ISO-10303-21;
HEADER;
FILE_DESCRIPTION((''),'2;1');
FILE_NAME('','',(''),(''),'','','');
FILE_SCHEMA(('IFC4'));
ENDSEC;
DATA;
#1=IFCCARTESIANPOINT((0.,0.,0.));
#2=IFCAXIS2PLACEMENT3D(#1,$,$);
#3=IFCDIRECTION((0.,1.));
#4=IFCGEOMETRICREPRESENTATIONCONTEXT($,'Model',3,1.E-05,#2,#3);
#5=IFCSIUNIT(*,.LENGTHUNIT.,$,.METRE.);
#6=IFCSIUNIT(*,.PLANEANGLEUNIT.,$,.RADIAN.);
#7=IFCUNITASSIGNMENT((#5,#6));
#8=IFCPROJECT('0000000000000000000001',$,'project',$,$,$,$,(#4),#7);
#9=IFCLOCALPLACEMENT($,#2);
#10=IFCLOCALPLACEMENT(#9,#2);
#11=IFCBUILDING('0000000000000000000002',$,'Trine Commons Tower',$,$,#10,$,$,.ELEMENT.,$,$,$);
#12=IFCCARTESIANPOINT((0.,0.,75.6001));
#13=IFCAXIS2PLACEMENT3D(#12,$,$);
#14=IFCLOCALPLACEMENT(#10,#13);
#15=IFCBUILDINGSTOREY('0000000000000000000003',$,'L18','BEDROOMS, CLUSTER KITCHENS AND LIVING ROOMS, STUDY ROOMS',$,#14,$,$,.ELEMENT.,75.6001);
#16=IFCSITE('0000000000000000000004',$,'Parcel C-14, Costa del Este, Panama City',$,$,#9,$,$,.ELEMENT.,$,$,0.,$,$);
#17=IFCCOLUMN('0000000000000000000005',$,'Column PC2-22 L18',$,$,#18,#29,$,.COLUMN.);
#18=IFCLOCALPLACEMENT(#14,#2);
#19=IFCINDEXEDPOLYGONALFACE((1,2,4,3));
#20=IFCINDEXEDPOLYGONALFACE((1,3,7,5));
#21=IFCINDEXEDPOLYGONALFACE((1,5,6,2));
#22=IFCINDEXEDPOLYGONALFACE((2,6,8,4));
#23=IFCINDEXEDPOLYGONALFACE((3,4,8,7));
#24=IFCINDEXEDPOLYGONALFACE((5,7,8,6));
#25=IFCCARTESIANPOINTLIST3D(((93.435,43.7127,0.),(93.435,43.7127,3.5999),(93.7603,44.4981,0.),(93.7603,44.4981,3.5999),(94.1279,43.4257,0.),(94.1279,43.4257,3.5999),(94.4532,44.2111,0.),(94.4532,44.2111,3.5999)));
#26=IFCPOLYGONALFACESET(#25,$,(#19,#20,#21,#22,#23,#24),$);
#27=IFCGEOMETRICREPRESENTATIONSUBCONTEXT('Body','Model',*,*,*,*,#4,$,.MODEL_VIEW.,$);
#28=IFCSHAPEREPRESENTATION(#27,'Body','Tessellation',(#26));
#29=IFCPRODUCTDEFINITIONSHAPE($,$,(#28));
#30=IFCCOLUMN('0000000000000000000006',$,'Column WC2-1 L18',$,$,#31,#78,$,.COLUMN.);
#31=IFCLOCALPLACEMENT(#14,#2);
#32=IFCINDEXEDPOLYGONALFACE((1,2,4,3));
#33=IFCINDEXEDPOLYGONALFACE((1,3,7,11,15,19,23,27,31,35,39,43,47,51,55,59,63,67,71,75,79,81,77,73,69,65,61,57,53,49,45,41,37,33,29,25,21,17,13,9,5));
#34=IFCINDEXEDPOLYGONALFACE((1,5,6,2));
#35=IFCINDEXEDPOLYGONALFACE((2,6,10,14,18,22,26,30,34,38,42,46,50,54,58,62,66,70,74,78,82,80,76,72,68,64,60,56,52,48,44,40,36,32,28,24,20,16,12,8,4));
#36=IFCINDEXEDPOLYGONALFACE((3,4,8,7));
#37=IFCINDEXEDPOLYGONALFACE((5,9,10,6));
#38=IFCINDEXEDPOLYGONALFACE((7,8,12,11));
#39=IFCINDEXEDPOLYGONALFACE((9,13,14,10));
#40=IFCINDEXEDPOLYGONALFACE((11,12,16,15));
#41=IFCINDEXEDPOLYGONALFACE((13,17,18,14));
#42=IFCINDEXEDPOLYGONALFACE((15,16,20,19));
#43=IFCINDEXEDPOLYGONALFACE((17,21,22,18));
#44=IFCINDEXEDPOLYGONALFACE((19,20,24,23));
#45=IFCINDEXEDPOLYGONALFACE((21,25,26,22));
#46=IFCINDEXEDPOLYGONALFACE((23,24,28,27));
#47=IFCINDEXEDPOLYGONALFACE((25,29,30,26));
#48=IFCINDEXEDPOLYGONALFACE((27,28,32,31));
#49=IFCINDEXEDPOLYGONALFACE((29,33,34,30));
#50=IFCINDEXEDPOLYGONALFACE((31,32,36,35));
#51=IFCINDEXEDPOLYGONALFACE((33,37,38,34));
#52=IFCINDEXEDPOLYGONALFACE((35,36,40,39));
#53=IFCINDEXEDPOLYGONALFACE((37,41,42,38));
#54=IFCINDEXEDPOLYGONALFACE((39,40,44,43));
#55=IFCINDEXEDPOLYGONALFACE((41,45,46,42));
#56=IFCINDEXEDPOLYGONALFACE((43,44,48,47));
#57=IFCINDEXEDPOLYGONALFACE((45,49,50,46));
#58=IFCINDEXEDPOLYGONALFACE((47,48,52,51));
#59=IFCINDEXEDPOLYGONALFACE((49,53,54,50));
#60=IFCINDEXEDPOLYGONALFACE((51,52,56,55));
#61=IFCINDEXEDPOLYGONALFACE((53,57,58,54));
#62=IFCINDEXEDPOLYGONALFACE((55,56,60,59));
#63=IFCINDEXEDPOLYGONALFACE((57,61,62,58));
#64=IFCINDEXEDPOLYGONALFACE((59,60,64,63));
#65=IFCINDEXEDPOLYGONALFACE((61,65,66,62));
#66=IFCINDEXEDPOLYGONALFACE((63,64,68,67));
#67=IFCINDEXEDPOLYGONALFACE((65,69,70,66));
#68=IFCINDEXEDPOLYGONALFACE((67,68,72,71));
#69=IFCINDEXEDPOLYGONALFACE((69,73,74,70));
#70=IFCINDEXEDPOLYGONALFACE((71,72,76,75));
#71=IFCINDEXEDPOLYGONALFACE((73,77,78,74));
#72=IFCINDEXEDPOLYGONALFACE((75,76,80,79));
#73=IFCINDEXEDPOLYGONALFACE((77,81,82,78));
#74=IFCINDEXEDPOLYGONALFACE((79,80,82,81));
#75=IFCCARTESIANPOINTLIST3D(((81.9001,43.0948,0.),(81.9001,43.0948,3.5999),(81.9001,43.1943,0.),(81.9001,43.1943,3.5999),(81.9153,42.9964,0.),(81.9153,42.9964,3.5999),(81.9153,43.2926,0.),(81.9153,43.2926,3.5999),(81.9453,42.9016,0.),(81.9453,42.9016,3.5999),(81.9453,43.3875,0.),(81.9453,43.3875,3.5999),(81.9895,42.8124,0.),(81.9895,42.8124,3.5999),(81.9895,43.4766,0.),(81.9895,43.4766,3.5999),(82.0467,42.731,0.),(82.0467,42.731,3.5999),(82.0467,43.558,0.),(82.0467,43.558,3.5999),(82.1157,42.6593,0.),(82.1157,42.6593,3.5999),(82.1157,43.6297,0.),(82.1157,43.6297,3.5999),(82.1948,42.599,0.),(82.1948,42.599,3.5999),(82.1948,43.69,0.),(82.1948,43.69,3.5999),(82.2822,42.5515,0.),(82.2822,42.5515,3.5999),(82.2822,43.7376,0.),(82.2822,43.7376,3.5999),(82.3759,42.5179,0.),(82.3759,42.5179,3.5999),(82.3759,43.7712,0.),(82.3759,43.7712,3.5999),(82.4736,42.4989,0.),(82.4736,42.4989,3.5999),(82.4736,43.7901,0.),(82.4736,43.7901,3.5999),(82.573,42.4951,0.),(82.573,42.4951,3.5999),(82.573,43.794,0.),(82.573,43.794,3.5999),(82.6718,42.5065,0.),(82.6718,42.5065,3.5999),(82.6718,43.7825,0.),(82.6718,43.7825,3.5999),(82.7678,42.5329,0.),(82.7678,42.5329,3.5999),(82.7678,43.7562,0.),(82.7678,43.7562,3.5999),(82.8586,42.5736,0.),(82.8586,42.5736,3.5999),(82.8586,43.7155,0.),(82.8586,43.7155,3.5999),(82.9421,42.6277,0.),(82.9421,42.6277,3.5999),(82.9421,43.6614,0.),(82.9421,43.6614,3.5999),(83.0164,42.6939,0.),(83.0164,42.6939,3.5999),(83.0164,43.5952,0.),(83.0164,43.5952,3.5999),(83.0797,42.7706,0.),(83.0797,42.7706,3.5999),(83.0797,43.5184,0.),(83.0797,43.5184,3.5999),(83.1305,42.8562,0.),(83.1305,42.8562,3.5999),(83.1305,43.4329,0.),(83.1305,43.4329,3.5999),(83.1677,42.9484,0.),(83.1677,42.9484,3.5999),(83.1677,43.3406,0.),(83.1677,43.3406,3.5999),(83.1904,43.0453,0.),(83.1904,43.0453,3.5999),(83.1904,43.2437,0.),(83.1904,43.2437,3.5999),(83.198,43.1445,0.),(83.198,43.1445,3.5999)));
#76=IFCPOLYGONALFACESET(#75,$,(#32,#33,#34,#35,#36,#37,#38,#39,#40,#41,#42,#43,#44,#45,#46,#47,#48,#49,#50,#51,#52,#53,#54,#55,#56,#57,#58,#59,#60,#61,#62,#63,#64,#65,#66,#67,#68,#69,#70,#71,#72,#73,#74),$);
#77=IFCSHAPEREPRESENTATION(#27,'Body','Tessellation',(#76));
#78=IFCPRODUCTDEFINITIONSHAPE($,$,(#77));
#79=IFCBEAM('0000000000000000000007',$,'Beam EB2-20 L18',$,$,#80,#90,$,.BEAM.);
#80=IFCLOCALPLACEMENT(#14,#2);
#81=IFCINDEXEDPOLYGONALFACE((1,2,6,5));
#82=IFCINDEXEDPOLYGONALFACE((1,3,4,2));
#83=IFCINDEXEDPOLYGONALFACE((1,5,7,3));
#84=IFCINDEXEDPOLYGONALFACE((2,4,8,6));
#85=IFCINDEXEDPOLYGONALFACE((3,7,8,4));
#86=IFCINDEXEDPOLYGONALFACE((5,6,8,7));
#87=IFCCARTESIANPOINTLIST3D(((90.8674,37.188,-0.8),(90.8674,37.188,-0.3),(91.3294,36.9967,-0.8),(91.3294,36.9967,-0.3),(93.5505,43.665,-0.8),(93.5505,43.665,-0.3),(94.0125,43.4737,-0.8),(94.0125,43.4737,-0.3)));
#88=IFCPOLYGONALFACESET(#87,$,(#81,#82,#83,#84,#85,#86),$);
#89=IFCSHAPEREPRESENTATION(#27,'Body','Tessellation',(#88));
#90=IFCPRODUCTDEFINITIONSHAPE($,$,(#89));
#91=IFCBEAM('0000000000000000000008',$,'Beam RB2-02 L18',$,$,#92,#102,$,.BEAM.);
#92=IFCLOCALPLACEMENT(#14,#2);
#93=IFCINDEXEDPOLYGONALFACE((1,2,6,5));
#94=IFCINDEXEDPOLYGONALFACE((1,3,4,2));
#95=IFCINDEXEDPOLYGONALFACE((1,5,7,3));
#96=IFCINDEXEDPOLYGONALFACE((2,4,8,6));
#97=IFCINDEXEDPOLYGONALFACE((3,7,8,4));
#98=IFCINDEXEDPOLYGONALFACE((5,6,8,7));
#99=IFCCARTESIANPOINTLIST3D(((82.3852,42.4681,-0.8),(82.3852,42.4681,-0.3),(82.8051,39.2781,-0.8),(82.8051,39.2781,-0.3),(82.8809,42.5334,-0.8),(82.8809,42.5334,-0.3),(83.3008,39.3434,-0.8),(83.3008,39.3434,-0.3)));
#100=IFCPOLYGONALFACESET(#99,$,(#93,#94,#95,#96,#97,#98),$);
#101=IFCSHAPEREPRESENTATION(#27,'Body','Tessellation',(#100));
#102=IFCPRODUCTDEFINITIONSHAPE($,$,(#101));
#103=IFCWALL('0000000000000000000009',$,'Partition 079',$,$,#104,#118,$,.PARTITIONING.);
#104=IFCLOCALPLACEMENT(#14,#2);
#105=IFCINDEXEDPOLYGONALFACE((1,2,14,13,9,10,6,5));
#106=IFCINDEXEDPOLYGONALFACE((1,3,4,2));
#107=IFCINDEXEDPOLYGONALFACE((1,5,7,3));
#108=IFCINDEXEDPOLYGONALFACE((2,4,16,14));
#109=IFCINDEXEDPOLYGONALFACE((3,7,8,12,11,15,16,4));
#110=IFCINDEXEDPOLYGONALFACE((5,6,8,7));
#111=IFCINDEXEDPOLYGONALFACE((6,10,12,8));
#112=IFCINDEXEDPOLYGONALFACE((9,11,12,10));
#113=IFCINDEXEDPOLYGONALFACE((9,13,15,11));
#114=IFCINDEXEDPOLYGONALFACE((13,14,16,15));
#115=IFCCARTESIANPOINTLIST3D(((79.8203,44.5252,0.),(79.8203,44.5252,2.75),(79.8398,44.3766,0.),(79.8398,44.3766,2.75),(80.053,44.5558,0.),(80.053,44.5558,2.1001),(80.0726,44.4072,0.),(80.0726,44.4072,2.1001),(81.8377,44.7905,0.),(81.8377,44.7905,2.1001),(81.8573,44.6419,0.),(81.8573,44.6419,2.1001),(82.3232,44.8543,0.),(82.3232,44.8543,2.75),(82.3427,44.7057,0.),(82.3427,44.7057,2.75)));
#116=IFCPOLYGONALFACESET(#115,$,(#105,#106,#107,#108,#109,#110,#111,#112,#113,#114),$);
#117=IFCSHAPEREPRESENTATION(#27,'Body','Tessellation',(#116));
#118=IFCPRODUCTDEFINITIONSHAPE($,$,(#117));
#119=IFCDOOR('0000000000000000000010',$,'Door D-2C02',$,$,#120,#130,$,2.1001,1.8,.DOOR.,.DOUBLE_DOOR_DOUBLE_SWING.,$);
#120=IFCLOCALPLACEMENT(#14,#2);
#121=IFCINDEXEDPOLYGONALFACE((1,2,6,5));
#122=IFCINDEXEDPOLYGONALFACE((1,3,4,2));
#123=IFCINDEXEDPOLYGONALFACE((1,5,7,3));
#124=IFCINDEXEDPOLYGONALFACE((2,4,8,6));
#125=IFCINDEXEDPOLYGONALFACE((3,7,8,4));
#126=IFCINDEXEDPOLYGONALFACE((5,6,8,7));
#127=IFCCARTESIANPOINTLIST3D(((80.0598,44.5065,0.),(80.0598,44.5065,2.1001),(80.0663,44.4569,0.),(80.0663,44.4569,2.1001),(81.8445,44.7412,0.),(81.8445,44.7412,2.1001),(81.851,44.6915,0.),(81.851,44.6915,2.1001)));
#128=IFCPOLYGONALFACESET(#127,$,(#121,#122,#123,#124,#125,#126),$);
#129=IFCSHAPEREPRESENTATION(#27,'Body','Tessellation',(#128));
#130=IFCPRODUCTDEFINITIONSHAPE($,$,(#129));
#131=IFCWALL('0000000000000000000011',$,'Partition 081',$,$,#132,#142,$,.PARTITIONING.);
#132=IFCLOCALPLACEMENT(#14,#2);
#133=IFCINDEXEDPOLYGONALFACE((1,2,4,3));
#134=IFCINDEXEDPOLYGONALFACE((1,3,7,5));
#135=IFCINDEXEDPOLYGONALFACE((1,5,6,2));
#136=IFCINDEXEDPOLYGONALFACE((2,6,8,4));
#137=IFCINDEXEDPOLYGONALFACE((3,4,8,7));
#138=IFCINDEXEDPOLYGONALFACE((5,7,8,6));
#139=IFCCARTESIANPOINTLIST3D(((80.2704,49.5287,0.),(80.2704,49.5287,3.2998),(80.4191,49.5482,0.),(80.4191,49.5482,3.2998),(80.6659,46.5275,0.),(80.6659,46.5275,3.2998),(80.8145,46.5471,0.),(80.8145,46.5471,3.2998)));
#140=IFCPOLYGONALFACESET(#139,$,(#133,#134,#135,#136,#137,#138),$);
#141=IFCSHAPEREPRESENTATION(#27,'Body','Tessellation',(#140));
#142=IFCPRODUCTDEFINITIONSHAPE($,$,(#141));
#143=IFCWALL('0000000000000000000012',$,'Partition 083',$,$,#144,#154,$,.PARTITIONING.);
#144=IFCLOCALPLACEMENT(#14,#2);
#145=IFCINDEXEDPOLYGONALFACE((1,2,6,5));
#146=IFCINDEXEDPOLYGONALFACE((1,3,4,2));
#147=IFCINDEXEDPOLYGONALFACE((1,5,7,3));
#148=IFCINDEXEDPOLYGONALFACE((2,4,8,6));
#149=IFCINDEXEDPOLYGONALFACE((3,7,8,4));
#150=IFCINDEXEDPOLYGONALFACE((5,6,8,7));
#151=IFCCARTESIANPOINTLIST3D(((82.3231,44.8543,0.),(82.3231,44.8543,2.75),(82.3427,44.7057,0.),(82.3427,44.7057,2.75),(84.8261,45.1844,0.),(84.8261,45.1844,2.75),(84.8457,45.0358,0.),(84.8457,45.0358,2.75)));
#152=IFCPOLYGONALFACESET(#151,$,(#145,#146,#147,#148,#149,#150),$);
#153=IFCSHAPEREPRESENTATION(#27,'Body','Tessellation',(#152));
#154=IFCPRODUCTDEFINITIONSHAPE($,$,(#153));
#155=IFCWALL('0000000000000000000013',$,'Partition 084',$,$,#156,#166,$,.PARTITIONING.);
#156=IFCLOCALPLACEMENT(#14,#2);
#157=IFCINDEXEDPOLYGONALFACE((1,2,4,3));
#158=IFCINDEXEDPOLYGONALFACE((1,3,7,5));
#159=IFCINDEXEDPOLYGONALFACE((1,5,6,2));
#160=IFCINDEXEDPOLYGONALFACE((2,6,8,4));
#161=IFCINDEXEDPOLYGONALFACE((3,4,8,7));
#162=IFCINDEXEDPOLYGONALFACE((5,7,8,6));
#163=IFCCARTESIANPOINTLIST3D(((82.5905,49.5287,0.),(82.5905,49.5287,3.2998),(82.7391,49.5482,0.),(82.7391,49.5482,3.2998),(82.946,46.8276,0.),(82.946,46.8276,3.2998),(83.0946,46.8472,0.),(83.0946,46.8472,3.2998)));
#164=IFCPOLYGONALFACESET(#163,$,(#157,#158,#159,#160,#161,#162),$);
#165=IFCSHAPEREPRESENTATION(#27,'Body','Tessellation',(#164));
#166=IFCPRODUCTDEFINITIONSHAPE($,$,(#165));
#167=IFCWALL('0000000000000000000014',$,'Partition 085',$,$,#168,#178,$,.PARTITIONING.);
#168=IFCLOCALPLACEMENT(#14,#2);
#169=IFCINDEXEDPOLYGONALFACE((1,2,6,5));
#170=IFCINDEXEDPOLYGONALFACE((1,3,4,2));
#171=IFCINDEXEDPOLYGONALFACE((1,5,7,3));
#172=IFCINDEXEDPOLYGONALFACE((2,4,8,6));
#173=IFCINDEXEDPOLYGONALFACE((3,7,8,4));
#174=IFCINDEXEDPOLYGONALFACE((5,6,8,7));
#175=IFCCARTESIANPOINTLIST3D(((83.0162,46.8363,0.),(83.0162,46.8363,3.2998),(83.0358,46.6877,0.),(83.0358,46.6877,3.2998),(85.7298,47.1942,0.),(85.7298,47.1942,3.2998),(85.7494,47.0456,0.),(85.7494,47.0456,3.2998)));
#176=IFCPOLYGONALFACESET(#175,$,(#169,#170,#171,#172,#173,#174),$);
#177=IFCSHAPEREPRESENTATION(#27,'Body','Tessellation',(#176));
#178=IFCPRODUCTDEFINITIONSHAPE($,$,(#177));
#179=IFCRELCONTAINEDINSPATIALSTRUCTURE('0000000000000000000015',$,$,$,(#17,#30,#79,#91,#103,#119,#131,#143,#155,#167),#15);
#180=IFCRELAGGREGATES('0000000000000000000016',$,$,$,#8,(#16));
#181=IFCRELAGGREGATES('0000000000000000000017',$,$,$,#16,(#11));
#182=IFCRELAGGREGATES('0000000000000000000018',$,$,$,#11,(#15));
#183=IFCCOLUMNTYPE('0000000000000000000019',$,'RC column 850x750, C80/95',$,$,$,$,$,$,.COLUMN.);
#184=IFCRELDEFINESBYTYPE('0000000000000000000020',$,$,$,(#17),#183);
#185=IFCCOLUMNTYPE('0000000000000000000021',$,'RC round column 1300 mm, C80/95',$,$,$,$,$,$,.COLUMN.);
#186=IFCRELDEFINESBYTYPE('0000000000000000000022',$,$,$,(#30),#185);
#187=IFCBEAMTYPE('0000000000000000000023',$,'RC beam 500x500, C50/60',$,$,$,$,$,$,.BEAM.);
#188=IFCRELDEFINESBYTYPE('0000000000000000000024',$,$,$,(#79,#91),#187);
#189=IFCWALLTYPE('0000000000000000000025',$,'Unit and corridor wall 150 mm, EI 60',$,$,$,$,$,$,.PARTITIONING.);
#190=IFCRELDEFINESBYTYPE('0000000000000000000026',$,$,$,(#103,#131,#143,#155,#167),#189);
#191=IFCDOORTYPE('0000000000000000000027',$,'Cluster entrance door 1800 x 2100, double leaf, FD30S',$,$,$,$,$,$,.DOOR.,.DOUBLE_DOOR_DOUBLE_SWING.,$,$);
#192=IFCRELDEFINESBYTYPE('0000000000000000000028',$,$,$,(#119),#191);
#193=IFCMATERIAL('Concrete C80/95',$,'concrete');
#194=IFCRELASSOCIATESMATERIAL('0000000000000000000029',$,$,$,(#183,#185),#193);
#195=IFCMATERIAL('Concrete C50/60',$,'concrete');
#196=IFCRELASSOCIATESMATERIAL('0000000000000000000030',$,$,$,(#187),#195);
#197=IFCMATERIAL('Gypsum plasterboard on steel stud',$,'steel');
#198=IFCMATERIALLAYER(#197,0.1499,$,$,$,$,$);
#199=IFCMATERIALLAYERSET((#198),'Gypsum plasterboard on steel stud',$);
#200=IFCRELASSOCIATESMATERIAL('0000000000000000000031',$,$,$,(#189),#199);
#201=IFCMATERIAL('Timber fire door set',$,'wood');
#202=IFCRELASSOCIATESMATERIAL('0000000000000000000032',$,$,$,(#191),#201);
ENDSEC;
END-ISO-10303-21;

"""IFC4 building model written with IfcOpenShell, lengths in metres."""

from ifc_helpers import new_model, si_unit, direction, frame, frame_2d, origin, origin_2d, place, context, subcontext, project, spatial, rectangle, circle, extrude, material, layer, layer_set, material_profile, profile_set, type_object, element, fill, save


model = new_model("IFC4")

# Units and contexts
model_context = context("Model", 3, precision=1e-05, world=origin(), true_north=direction((0.0, 1.0)))
body_context = subcontext(model_context, "Body", "Model", "MODEL_VIEW")
ifc_project = project(units=[si_unit("LENGTHUNIT", "METRE"), si_unit("PLANEANGLEUNIT", "RADIAN")], contexts=[model_context])

# Site, building, storey
site_placement = place(None, origin())
site = spatial("IfcSite", under=ifc_project, at=site_placement, Name="Parcel C-14, Costa del Este, Panama City", CompositionType="ELEMENT", RefElevation=0.0)
building_placement = place(site_placement, origin())
building = spatial("IfcBuilding", under=site, at=building_placement, Name="Trine Commons Tower", CompositionType="ELEMENT")
storey_placement = place(building_placement, frame((0.0, 0.0, 75.6001)))
storey = spatial("IfcBuildingStorey", under=building, at=storey_placement, Name="L18", Description="BEDROOMS, CLUSTER KITCHENS AND LIVING ROOMS, STUDY ROOMS", CompositionType="ELEMENT", Elevation=75.6001)

# Columns
ifc_material_1 = material(Name="Concrete C80/95", Category="concrete")
ifc_material_profile_1 = material_profile(ifc_material_1, rectangle(XDim=0.8501, YDim=0.75, at=origin_2d()), Name="RC 850x750")
ifc_profile_set_1 = profile_set([ifc_material_profile_1], Name="Concrete C80/95")
column_type_1 = type_object("IfcColumnType", Name="RC column 850x750, C80/95", PredefinedType="COLUMN", material=ifc_profile_set_1)
column_1_placement = place(storey_placement, frame((93.9441, 43.9619, 0.0), z_axis=(0.0, 0.0, 1.0), x_axis=(0.382683, 0.92388, 0.0)))
element("IfcColumn", 1, at=column_1_placement, inside=storey, type_object=column_type_1, Name="Column PC2-22 L18", PredefinedType="COLUMN", context=body_context, shape_type="SweptSolid", body=[
    extrude(rectangle(XDim=0.8501, YDim=0.75, at=origin_2d()), origin(), (0.0, 0.0, 1.0), 3.5999),
])
ifc_material_profile_2 = material_profile(ifc_material_1, circle(Radius=0.6499, at=origin_2d()), Name="RC round 1300")
ifc_profile_set_2 = profile_set([ifc_material_profile_2], Name="Concrete C80/95")
column_type_2 = type_object("IfcColumnType", Name="RC round column 1300 mm, C80/95", PredefinedType="COLUMN", material=ifc_profile_set_2)
column_2_placement = place(storey_placement, frame((82.5481, 43.1445, 0.0), z_axis=(0.0, 0.0, 1.0), x_axis=(1.0, 0.0, 0.0)))
element("IfcColumn", 2, at=column_2_placement, inside=storey, type_object=column_type_2, Name="Column WC2-1 L18", PredefinedType="COLUMN", context=body_context, shape_type="SweptSolid", body=[
    extrude(circle(Radius=0.6499, at=origin_2d()), origin(), (0.0, 0.0, 1.0), 3.5999),
])

# Beams
ifc_material_2 = material(Name="Concrete C50/60", Category="concrete")
ifc_material_profile_3 = material_profile(ifc_material_2, rectangle(XDim=0.5, YDim=0.5, at=origin_2d()), Name="RC 500x500")
ifc_profile_set_3 = profile_set([ifc_material_profile_3], Name="Concrete C50/60")
beam_type = type_object("IfcBeamType", Name="RC beam 500x500, C50/60", PredefinedType="BEAM", material=ifc_profile_set_3)
beam_1_placement = place(storey_placement, frame((93.7815, 43.5693, -0.55), z_axis=(-0.382711, -0.923868, 0.0), x_axis=(0.923868, -0.382711, 0.0)))
element("IfcBeam", 3, at=beam_1_placement, inside=storey, type_object=beam_type, Name="Beam EB2-20 L18", PredefinedType="BEAM", context=body_context, shape_type="SweptSolid", body=[
    extrude(rectangle(XDim=0.5, YDim=0.5, at=origin_2d()), origin(), (0.0, 0.0, 1.0), 7.0107),
])
beam_2_placement = place(storey_placement, frame((82.6331, 42.5007, -0.55), z_axis=(0.130513, -0.991447, 0.0), x_axis=(0.991447, 0.130513, 0.0)))
element("IfcBeam", 4, at=beam_2_placement, inside=storey, type_object=beam_type, Name="Beam RB2-02 L18", PredefinedType="BEAM", context=body_context, shape_type="SweptSolid", body=[
    extrude(rectangle(XDim=0.5, YDim=0.5, at=origin_2d()), origin(), (0.0, 0.0, 1.0), 3.2175),
])

# Wall, opening, door
ifc_material_3 = material(Name="Gypsum plasterboard on steel stud", Category="steel")
ifc_layer_1 = layer(ifc_material_3, 0.1499)
ifc_layer_set_1 = layer_set([ifc_layer_1], Name="Gypsum plasterboard on steel stud")
wall_type_1 = type_object("IfcWallType", Name="Unit and corridor wall 150 mm, EI 60", PredefinedType="PARTITIONING", material=ifc_layer_set_1)
wall_1_placement = place(storey_placement, frame((79.8301, 44.4509, 0.0), z_axis=(0.0, 0.0, 1.0), x_axis=(0.991466, 0.130364, 0.0)))
wall_1 = element("IfcWall", 5, at=wall_1_placement, inside=storey, type_object=wall_type_1, Name="Partition 079", PredefinedType="PARTITIONING", context=body_context, shape_type="SweptSolid", body=[
    extrude(rectangle(XDim=2.5244, YDim=0.1499, at=frame_2d((1.2622, 0.0))), origin(), (0.0, 0.0, 1.0), 2.75),
])
opening_1_placement = place(wall_1_placement, frame((0.2349, 0.0, 0.0)))
opening_1 = element("IfcOpeningElement", 6, at=opening_1_placement, cuts=wall_1, PredefinedType="OPENING", context=body_context, shape_type="SweptSolid", body=[
    extrude(rectangle(XDim=1.8, YDim=2.1001, at=frame_2d((0.8999, 1.05))), frame((0.0, 0.085, 0.0), z_axis=(0.0, -1.0, 0.0), x_axis=(1.0, 0.0, 0.0)), (0.0, 0.0, 1.0), 0.1699),
])
ifc_material_4 = material(Name="Timber fire door set", Category="wood")
door_type_1 = type_object("IfcDoorType", Name="Cluster entrance door 1800 x 2100, double leaf, FD30S", OperationType="DOUBLE_DOOR_DOUBLE_SWING", PredefinedType="DOOR", material=ifc_material_4)
door_1_placement = place(opening_1_placement, frame((1.8, 0.0, 0.0), z_axis=(0.0, 0.0, 1.0), x_axis=(-1.0, 0.0, 0.0)))
door_1 = element("IfcDoor", 7, at=door_1_placement, inside=storey, type_object=door_type_1, Name="Door D-2C02", OperationType="DOUBLE_DOOR_DOUBLE_SWING", OverallHeight=2.1001, OverallWidth=1.8, PredefinedType="DOOR", context=body_context, shape_type="SweptSolid", body=[
    extrude(rectangle(XDim=1.8, YDim=2.1001, at=frame_2d((0.8999, 1.05))), frame((0.0, 0.0249, 0.0), z_axis=(0.0, -1.0, 0.0), x_axis=(1.0, 0.0, 0.0)), (0.0, 0.0, 1.0), 0.05),
])
fill(opening_1, door_1)

# Walls
wall_2_placement = place(storey_placement, frame((80.3447, 49.5386, 0.0), z_axis=(0.0, 0.0, 1.0), x_axis=(0.130653, -0.991428, 0.0)))
element("IfcWall", 8, at=wall_2_placement, inside=storey, type_object=wall_type_1, Name="Partition 081", PredefinedType="PARTITIONING", context=body_context, shape_type="SweptSolid", body=[
    extrude(rectangle(XDim=3.0271, YDim=0.1499, at=frame_2d((1.5137, 0.0))), origin(), (0.0, 0.0, 1.0), 3.2998),
])
wall_3_placement = place(storey_placement, frame((82.333, 44.78, 0.0), z_axis=(0.0, 0.0, 1.0), x_axis=(0.991416, 0.130745, 0.0)))
element("IfcWall", 9, at=wall_3_placement, inside=storey, type_object=wall_type_1, Name="Partition 083", PredefinedType="PARTITIONING", context=body_context, shape_type="SweptSolid", body=[
    extrude(rectangle(XDim=2.5247, YDim=0.1499, at=frame_2d((1.2622, 0.0))), origin(), (0.0, 0.0, 1.0), 2.75),
])
wall_4_placement = place(storey_placement, frame((82.6648, 49.5386, 0.0), z_axis=(0.0, 0.0, 1.0), x_axis=(0.130473, -0.991452, 0.0)))
element("IfcWall", 10, at=wall_4_placement, inside=storey, type_object=wall_type_1, Name="Partition 084", PredefinedType="PARTITIONING", context=body_context, shape_type="SweptSolid", body=[
    extrude(rectangle(XDim=2.7244, YDim=0.1499, at=frame_2d((1.3623, 0.0))), origin(), (0.0, 0.0, 1.0), 3.2998),
])
wall_5_placement = place(storey_placement, frame((83.0259, 46.762, 0.0), z_axis=(0.0, 0.0, 1.0), x_axis=(0.991414, 0.130761, 0.0)))
element("IfcWall", 11, at=wall_5_placement, inside=storey, type_object=wall_type_1, Name="Partition 085", PredefinedType="PARTITIONING", context=body_context, shape_type="SweptSolid", body=[
    extrude(rectangle(XDim=2.7371, YDim=0.1499, at=frame_2d((1.3687, 0.0))), origin(), (0.0, 0.0, 1.0), 3.2998),
])

save(model, "model.ifc")
